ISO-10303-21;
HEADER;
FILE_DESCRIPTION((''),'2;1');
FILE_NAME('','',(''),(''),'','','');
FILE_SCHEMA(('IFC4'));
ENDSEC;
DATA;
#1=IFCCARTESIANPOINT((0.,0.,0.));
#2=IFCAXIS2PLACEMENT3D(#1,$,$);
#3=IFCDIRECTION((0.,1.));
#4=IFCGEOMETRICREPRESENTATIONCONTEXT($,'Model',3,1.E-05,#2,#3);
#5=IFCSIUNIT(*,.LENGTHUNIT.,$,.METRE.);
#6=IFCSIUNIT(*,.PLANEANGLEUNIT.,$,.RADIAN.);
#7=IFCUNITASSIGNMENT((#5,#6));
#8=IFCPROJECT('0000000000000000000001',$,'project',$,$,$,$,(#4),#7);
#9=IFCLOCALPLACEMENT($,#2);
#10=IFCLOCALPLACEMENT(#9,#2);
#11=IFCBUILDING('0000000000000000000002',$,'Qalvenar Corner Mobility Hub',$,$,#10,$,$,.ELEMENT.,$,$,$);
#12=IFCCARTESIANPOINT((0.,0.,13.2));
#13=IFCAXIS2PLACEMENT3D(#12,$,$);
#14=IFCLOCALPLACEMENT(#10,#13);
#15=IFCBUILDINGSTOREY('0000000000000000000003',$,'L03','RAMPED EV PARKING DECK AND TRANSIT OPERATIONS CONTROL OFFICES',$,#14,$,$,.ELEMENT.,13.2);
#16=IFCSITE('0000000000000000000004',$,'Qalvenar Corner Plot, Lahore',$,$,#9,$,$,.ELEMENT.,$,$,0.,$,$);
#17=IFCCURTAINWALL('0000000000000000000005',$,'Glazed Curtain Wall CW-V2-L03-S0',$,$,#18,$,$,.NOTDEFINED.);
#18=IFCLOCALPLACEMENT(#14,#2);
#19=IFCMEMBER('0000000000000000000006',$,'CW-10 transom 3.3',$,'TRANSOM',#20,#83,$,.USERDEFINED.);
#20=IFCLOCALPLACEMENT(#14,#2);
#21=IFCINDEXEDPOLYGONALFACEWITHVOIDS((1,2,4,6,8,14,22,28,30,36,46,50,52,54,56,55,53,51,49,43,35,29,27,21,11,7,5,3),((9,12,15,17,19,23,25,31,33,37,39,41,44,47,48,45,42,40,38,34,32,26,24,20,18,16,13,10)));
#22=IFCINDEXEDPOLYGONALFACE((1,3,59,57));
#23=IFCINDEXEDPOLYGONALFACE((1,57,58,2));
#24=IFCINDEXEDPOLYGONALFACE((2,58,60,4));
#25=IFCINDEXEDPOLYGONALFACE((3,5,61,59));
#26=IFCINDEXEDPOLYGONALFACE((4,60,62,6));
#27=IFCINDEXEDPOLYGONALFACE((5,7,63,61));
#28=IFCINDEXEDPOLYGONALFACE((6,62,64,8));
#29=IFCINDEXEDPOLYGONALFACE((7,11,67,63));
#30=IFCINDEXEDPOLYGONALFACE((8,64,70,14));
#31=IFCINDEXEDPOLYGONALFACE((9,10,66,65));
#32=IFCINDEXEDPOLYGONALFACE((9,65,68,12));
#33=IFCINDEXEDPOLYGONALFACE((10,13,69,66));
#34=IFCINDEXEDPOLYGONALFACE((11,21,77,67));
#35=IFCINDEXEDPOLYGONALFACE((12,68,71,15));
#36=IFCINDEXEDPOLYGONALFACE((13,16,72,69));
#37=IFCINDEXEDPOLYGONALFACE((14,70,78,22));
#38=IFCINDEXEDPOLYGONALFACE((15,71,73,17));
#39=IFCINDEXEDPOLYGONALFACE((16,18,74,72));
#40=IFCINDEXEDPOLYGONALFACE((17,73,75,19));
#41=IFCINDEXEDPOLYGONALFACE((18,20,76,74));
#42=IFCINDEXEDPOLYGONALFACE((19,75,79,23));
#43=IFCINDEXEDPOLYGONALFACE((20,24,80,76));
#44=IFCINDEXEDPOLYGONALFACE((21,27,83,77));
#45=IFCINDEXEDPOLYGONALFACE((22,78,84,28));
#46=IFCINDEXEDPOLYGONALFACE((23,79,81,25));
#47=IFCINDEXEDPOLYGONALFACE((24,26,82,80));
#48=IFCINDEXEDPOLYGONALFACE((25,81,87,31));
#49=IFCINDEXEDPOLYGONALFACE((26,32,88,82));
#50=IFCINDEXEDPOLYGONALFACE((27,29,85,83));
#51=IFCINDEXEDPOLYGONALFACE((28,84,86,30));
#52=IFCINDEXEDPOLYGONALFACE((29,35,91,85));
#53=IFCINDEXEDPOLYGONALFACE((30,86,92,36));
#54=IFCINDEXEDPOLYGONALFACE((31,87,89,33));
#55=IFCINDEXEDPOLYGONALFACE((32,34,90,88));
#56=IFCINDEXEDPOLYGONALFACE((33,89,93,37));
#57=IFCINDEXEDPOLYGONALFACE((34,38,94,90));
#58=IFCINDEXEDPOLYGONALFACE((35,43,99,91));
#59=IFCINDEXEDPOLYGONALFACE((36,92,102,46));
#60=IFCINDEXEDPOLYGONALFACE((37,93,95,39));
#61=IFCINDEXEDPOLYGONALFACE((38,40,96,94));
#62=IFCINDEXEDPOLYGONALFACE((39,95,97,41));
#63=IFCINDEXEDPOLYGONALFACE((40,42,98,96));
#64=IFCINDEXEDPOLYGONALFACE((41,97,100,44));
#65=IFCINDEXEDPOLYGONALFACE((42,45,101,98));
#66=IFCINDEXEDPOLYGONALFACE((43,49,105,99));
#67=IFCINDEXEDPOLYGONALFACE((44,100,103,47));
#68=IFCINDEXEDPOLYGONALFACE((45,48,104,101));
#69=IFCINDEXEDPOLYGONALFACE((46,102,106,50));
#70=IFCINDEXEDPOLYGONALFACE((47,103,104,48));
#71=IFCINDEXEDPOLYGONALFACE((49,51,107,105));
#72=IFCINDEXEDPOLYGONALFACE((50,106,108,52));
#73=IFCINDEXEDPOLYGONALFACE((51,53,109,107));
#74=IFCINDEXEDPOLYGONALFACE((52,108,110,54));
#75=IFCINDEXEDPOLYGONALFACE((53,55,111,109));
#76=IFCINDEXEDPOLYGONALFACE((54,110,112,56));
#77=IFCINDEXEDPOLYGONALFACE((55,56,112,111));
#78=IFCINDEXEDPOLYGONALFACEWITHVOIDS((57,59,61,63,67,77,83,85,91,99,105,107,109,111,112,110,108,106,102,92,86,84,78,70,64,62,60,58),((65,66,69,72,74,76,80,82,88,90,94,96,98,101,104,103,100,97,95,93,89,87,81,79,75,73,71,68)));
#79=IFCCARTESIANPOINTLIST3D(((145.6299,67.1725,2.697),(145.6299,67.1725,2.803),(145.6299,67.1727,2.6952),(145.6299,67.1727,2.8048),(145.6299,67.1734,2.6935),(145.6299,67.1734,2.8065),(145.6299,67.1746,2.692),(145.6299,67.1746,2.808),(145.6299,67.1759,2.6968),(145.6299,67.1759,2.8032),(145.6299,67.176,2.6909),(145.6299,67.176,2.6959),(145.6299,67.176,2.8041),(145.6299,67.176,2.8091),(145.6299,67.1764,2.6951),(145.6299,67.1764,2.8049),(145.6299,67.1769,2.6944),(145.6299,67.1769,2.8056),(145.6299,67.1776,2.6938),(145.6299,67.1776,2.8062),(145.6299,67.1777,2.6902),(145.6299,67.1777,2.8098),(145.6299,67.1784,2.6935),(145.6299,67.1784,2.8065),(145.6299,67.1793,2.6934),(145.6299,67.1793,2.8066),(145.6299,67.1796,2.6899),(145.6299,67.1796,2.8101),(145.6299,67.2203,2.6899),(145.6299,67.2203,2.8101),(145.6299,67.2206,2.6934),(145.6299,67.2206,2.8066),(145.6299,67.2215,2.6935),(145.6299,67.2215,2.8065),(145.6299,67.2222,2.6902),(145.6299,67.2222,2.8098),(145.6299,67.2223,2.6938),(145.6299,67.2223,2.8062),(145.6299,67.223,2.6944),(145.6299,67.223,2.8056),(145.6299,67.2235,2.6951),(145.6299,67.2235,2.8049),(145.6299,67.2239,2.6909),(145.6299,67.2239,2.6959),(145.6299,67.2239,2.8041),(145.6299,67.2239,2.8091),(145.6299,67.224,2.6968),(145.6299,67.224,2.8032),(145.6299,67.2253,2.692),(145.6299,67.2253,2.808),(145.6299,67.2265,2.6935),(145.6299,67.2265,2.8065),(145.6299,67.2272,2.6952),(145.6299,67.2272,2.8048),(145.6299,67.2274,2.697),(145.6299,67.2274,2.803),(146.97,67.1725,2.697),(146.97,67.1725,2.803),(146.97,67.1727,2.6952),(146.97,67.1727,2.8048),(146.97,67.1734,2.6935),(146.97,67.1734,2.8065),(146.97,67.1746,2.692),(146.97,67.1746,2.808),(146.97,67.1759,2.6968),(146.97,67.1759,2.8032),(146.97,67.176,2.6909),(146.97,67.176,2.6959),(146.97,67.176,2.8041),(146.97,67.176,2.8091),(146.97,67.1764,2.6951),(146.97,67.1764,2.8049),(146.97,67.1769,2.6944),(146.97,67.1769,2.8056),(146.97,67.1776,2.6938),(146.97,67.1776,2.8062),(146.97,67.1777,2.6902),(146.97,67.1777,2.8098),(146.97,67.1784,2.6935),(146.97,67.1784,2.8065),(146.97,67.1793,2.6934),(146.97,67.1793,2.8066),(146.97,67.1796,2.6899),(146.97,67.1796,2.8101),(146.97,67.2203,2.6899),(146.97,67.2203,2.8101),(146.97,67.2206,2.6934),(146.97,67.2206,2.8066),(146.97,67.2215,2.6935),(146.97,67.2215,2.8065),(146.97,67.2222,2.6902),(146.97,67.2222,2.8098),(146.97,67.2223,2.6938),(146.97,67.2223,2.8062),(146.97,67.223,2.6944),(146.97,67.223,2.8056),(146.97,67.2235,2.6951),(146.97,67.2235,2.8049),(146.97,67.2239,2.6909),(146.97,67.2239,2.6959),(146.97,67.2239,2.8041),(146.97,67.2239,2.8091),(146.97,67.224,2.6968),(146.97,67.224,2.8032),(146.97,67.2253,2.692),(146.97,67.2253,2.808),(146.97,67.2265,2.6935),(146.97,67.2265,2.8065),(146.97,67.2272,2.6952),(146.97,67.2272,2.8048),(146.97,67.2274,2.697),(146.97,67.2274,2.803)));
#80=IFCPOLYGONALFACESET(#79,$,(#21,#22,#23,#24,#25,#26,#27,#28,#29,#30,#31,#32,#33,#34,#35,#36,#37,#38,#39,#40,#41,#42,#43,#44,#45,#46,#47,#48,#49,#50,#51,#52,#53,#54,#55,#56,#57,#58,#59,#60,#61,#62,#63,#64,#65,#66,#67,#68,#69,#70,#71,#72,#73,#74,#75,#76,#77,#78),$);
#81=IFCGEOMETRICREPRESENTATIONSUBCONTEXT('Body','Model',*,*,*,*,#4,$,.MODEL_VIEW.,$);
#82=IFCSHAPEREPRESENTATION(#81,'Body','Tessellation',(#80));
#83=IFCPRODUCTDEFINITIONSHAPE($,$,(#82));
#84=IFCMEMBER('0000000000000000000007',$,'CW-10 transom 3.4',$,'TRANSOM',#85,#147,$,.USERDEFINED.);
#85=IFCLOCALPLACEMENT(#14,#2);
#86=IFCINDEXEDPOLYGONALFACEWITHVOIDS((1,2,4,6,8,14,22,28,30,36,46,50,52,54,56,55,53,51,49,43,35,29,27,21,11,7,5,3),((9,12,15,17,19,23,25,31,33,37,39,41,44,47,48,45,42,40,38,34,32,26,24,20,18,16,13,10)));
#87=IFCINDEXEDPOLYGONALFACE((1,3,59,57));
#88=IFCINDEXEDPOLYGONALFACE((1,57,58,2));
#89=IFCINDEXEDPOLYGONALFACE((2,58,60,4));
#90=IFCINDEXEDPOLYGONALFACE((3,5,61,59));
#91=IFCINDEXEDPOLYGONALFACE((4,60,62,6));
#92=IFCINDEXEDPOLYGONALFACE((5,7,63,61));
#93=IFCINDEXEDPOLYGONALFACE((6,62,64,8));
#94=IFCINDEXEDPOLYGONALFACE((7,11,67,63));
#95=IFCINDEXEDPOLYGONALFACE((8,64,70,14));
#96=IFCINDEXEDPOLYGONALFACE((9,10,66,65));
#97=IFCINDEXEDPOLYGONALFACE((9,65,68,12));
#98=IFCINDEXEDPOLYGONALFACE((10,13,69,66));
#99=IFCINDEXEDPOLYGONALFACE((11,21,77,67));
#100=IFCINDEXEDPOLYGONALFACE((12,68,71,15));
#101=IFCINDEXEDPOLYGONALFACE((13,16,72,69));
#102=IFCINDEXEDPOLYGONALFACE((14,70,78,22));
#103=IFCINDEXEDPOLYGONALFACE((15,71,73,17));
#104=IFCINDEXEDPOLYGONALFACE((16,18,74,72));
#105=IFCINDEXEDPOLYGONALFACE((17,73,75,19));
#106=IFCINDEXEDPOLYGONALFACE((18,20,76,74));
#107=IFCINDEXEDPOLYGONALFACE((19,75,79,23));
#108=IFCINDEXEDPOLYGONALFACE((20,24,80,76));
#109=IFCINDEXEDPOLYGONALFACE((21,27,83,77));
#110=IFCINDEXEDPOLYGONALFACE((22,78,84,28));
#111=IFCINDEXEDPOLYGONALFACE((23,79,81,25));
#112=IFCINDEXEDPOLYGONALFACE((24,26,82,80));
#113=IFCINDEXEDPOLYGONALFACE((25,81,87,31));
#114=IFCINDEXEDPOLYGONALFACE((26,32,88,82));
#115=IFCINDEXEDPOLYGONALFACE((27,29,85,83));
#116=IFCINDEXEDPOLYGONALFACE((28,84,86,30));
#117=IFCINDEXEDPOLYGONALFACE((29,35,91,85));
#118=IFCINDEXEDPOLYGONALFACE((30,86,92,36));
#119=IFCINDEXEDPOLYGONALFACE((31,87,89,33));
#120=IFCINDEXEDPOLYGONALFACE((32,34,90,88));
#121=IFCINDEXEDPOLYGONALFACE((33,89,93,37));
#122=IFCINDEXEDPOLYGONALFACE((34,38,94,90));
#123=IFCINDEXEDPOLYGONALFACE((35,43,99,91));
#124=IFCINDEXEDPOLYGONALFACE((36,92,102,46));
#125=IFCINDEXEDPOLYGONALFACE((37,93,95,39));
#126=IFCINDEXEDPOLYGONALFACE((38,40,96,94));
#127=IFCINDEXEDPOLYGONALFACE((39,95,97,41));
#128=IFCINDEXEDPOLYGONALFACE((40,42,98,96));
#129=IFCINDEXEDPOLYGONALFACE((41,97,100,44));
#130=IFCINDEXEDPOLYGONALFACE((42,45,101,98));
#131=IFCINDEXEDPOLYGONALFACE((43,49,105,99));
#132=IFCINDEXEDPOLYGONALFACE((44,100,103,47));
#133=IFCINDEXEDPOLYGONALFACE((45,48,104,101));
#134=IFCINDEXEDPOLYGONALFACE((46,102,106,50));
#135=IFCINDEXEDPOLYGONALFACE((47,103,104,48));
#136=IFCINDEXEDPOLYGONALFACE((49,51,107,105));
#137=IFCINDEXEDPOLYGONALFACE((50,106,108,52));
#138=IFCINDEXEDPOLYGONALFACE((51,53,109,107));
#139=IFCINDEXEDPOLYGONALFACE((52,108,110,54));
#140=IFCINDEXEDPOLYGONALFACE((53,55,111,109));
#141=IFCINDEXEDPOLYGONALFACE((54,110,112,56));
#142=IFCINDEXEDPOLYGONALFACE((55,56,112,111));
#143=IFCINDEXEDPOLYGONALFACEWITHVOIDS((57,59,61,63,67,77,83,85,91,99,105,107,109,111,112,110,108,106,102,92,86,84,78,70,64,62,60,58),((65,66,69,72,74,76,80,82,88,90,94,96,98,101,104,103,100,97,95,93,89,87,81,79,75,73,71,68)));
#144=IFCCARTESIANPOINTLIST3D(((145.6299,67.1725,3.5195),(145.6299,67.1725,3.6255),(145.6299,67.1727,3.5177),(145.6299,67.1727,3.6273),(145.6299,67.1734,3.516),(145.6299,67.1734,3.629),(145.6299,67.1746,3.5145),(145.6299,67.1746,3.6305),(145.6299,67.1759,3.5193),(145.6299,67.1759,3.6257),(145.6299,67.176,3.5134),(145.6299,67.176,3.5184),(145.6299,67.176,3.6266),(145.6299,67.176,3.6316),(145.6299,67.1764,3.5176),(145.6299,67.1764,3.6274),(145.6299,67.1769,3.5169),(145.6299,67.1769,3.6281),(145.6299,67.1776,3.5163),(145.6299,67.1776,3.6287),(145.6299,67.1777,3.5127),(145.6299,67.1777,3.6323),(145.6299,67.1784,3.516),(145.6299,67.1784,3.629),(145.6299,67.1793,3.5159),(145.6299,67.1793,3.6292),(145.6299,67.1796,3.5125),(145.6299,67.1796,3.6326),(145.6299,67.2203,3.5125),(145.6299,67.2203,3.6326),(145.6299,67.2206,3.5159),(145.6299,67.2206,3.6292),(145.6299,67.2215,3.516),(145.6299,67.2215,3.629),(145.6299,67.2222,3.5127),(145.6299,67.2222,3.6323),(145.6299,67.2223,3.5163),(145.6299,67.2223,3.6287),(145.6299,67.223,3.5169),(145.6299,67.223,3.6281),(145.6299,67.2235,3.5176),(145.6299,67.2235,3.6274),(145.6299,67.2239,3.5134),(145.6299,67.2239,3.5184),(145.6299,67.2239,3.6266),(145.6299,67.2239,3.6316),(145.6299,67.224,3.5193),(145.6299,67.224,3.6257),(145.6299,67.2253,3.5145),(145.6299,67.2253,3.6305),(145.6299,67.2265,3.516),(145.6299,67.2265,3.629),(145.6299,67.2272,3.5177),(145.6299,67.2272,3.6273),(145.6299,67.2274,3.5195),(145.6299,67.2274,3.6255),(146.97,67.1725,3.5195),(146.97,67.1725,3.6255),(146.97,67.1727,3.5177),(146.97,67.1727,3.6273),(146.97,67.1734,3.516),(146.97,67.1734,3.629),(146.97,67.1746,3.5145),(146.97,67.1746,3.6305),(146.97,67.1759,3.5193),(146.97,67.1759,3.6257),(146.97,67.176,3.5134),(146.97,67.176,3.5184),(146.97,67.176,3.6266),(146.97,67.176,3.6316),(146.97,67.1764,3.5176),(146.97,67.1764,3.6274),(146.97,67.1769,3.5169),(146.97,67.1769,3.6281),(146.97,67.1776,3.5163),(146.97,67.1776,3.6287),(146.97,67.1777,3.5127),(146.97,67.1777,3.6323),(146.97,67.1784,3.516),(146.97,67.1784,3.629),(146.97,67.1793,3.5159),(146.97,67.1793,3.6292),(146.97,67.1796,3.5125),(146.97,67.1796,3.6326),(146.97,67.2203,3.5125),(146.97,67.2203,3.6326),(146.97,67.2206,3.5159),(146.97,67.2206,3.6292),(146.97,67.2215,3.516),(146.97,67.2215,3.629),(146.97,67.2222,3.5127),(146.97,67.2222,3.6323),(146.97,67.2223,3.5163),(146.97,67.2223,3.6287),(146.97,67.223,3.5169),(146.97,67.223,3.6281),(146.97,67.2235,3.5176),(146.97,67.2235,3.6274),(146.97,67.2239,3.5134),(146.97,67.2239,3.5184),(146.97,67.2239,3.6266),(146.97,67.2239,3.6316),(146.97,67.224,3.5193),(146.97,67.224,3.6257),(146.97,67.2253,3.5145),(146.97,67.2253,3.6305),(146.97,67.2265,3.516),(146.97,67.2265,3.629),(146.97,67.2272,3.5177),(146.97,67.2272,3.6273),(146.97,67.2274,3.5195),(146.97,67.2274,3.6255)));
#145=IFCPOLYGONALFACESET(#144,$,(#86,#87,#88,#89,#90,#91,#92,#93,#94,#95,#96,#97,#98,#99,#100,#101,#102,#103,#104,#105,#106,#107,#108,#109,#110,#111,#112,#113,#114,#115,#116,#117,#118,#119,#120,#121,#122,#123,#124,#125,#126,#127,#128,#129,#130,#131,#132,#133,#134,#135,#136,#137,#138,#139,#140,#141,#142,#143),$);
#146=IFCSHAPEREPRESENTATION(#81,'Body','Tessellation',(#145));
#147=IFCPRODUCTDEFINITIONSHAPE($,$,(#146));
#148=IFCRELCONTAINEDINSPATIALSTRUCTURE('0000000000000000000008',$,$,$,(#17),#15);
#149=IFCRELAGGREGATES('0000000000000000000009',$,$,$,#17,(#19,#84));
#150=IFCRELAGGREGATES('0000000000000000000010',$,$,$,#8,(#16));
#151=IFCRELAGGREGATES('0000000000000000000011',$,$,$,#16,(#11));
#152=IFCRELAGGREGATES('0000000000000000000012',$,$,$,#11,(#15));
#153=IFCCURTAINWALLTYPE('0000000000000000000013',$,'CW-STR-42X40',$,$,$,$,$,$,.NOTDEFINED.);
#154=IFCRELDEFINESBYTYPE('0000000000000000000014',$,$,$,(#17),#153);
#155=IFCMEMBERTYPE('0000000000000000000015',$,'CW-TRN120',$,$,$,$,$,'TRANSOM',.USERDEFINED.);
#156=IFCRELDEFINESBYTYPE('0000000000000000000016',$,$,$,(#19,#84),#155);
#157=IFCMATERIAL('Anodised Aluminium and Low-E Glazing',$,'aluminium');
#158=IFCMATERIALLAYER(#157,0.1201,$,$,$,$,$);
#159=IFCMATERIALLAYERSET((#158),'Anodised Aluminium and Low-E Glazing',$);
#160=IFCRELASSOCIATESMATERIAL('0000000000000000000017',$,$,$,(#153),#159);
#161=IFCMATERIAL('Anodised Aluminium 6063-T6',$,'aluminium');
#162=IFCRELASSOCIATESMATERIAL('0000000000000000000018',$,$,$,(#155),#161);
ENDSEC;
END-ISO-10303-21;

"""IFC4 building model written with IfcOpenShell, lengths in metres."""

from ifc_helpers import new_model, si_unit, direction, frame, origin, origin_2d, place, context, subcontext, project, spatial, hollow_rectangle, extrude, material, layer, layer_set, material_profile, profile_set, type_object, element, aggregate, save


model = new_model("IFC4")

# Units and contexts
model_context = context("Model", 3, precision=1e-05, world=origin(), true_north=direction((0.0, 1.0)))
body_context = subcontext(model_context, "Body", "Model", "MODEL_VIEW")
ifc_project = project(units=[si_unit("LENGTHUNIT", "METRE"), si_unit("PLANEANGLEUNIT", "RADIAN")], contexts=[model_context])

# Site, building, storey
site_placement = place(None, origin())
site = spatial("IfcSite", under=ifc_project, at=site_placement, Name="Qalvenar Corner Plot, Lahore", CompositionType="ELEMENT", RefElevation=0.0)
building_placement = place(site_placement, origin())
building = spatial("IfcBuilding", under=site, at=building_placement, Name="Qalvenar Corner Mobility Hub", CompositionType="ELEMENT")
storey_placement = place(building_placement, frame((0.0, 0.0, 13.2)))
storey = spatial("IfcBuildingStorey", under=building, at=storey_placement, Name="L03", Description="RAMPED EV PARKING DECK AND TRANSIT OPERATIONS CONTROL OFFICES", CompositionType="ELEMENT", Elevation=13.2)

# Curtain wall, members
ifc_material_1 = material(Name="Anodised Aluminium and Low-E Glazing", Category="aluminium")
ifc_layer_1 = layer(ifc_material_1, 0.1201)
ifc_layer_set_1 = layer_set([ifc_layer_1], Name="Anodised Aluminium and Low-E Glazing")
curtain_wall_type = type_object("IfcCurtainWallType", Name="CW-STR-42X40", PredefinedType="NOTDEFINED", material=ifc_layer_set_1)
curtain_wall_placement = place(storey_placement, origin())
curtain_wall = element("IfcCurtainWall", 1, at=curtain_wall_placement, inside=storey, type_object=curtain_wall_type, Name="Glazed Curtain Wall CW-V2-L03-S0", PredefinedType="NOTDEFINED")
ifc_material_2 = material(Name="Anodised Aluminium 6063-T6", Category="aluminium")
ifc_material_profile_1 = material_profile(ifc_material_2, hollow_rectangle(XDim=0.0549, YDim=0.1201, WallThickness=0.0034, InnerFilletRadius=0.0034, OuterFilletRadius=0.0071, at=origin_2d()), Name="RHS120x55x3.5")
ifc_profile_set_1 = profile_set([ifc_material_profile_1], Name="Anodised Aluminium 6063-T6")
member_type_1 = type_object("IfcMemberType", Name="CW-TRN120", ElementType="TRANSOM", PredefinedType="USERDEFINED", material=ifc_profile_set_1)
member_1_placement = place(storey_placement, frame((145.6299, 67.2, 2.75), z_axis=(1.0, 0.0, 0.0), x_axis=(0.0, 1.0, 0.0)))
member_1 = element("IfcMember", 2, at=member_1_placement, type_object=member_type_1, Name="CW-10 transom 3.3", ObjectType="TRANSOM", PredefinedType="USERDEFINED", context=body_context, shape_type="SweptSolid", body=[
    extrude(hollow_rectangle(XDim=0.0549, YDim=0.1201, WallThickness=0.0034, InnerFilletRadius=0.0034, OuterFilletRadius=0.0071, at=origin_2d()), origin(), (0.0, 0.0, 1.0), 1.3401),
])
member_2_placement = place(storey_placement, frame((145.6299, 67.2, 3.5725), z_axis=(1.0, 0.0, 0.0), x_axis=(0.0, 1.0, 0.0)))
member_2 = element("IfcMember", 3, at=member_2_placement, type_object=member_type_1, Name="CW-10 transom 3.4", ObjectType="TRANSOM", PredefinedType="USERDEFINED", context=body_context, shape_type="SweptSolid", body=[
    extrude(hollow_rectangle(XDim=0.0549, YDim=0.1201, WallThickness=0.0034, InnerFilletRadius=0.0034, OuterFilletRadius=0.0071, at=origin_2d()), origin(), (0.0, 0.0, 1.0), 1.3401),
])
aggregate(curtain_wall, [member_1, member_2])

save(model, "model.ifc")
